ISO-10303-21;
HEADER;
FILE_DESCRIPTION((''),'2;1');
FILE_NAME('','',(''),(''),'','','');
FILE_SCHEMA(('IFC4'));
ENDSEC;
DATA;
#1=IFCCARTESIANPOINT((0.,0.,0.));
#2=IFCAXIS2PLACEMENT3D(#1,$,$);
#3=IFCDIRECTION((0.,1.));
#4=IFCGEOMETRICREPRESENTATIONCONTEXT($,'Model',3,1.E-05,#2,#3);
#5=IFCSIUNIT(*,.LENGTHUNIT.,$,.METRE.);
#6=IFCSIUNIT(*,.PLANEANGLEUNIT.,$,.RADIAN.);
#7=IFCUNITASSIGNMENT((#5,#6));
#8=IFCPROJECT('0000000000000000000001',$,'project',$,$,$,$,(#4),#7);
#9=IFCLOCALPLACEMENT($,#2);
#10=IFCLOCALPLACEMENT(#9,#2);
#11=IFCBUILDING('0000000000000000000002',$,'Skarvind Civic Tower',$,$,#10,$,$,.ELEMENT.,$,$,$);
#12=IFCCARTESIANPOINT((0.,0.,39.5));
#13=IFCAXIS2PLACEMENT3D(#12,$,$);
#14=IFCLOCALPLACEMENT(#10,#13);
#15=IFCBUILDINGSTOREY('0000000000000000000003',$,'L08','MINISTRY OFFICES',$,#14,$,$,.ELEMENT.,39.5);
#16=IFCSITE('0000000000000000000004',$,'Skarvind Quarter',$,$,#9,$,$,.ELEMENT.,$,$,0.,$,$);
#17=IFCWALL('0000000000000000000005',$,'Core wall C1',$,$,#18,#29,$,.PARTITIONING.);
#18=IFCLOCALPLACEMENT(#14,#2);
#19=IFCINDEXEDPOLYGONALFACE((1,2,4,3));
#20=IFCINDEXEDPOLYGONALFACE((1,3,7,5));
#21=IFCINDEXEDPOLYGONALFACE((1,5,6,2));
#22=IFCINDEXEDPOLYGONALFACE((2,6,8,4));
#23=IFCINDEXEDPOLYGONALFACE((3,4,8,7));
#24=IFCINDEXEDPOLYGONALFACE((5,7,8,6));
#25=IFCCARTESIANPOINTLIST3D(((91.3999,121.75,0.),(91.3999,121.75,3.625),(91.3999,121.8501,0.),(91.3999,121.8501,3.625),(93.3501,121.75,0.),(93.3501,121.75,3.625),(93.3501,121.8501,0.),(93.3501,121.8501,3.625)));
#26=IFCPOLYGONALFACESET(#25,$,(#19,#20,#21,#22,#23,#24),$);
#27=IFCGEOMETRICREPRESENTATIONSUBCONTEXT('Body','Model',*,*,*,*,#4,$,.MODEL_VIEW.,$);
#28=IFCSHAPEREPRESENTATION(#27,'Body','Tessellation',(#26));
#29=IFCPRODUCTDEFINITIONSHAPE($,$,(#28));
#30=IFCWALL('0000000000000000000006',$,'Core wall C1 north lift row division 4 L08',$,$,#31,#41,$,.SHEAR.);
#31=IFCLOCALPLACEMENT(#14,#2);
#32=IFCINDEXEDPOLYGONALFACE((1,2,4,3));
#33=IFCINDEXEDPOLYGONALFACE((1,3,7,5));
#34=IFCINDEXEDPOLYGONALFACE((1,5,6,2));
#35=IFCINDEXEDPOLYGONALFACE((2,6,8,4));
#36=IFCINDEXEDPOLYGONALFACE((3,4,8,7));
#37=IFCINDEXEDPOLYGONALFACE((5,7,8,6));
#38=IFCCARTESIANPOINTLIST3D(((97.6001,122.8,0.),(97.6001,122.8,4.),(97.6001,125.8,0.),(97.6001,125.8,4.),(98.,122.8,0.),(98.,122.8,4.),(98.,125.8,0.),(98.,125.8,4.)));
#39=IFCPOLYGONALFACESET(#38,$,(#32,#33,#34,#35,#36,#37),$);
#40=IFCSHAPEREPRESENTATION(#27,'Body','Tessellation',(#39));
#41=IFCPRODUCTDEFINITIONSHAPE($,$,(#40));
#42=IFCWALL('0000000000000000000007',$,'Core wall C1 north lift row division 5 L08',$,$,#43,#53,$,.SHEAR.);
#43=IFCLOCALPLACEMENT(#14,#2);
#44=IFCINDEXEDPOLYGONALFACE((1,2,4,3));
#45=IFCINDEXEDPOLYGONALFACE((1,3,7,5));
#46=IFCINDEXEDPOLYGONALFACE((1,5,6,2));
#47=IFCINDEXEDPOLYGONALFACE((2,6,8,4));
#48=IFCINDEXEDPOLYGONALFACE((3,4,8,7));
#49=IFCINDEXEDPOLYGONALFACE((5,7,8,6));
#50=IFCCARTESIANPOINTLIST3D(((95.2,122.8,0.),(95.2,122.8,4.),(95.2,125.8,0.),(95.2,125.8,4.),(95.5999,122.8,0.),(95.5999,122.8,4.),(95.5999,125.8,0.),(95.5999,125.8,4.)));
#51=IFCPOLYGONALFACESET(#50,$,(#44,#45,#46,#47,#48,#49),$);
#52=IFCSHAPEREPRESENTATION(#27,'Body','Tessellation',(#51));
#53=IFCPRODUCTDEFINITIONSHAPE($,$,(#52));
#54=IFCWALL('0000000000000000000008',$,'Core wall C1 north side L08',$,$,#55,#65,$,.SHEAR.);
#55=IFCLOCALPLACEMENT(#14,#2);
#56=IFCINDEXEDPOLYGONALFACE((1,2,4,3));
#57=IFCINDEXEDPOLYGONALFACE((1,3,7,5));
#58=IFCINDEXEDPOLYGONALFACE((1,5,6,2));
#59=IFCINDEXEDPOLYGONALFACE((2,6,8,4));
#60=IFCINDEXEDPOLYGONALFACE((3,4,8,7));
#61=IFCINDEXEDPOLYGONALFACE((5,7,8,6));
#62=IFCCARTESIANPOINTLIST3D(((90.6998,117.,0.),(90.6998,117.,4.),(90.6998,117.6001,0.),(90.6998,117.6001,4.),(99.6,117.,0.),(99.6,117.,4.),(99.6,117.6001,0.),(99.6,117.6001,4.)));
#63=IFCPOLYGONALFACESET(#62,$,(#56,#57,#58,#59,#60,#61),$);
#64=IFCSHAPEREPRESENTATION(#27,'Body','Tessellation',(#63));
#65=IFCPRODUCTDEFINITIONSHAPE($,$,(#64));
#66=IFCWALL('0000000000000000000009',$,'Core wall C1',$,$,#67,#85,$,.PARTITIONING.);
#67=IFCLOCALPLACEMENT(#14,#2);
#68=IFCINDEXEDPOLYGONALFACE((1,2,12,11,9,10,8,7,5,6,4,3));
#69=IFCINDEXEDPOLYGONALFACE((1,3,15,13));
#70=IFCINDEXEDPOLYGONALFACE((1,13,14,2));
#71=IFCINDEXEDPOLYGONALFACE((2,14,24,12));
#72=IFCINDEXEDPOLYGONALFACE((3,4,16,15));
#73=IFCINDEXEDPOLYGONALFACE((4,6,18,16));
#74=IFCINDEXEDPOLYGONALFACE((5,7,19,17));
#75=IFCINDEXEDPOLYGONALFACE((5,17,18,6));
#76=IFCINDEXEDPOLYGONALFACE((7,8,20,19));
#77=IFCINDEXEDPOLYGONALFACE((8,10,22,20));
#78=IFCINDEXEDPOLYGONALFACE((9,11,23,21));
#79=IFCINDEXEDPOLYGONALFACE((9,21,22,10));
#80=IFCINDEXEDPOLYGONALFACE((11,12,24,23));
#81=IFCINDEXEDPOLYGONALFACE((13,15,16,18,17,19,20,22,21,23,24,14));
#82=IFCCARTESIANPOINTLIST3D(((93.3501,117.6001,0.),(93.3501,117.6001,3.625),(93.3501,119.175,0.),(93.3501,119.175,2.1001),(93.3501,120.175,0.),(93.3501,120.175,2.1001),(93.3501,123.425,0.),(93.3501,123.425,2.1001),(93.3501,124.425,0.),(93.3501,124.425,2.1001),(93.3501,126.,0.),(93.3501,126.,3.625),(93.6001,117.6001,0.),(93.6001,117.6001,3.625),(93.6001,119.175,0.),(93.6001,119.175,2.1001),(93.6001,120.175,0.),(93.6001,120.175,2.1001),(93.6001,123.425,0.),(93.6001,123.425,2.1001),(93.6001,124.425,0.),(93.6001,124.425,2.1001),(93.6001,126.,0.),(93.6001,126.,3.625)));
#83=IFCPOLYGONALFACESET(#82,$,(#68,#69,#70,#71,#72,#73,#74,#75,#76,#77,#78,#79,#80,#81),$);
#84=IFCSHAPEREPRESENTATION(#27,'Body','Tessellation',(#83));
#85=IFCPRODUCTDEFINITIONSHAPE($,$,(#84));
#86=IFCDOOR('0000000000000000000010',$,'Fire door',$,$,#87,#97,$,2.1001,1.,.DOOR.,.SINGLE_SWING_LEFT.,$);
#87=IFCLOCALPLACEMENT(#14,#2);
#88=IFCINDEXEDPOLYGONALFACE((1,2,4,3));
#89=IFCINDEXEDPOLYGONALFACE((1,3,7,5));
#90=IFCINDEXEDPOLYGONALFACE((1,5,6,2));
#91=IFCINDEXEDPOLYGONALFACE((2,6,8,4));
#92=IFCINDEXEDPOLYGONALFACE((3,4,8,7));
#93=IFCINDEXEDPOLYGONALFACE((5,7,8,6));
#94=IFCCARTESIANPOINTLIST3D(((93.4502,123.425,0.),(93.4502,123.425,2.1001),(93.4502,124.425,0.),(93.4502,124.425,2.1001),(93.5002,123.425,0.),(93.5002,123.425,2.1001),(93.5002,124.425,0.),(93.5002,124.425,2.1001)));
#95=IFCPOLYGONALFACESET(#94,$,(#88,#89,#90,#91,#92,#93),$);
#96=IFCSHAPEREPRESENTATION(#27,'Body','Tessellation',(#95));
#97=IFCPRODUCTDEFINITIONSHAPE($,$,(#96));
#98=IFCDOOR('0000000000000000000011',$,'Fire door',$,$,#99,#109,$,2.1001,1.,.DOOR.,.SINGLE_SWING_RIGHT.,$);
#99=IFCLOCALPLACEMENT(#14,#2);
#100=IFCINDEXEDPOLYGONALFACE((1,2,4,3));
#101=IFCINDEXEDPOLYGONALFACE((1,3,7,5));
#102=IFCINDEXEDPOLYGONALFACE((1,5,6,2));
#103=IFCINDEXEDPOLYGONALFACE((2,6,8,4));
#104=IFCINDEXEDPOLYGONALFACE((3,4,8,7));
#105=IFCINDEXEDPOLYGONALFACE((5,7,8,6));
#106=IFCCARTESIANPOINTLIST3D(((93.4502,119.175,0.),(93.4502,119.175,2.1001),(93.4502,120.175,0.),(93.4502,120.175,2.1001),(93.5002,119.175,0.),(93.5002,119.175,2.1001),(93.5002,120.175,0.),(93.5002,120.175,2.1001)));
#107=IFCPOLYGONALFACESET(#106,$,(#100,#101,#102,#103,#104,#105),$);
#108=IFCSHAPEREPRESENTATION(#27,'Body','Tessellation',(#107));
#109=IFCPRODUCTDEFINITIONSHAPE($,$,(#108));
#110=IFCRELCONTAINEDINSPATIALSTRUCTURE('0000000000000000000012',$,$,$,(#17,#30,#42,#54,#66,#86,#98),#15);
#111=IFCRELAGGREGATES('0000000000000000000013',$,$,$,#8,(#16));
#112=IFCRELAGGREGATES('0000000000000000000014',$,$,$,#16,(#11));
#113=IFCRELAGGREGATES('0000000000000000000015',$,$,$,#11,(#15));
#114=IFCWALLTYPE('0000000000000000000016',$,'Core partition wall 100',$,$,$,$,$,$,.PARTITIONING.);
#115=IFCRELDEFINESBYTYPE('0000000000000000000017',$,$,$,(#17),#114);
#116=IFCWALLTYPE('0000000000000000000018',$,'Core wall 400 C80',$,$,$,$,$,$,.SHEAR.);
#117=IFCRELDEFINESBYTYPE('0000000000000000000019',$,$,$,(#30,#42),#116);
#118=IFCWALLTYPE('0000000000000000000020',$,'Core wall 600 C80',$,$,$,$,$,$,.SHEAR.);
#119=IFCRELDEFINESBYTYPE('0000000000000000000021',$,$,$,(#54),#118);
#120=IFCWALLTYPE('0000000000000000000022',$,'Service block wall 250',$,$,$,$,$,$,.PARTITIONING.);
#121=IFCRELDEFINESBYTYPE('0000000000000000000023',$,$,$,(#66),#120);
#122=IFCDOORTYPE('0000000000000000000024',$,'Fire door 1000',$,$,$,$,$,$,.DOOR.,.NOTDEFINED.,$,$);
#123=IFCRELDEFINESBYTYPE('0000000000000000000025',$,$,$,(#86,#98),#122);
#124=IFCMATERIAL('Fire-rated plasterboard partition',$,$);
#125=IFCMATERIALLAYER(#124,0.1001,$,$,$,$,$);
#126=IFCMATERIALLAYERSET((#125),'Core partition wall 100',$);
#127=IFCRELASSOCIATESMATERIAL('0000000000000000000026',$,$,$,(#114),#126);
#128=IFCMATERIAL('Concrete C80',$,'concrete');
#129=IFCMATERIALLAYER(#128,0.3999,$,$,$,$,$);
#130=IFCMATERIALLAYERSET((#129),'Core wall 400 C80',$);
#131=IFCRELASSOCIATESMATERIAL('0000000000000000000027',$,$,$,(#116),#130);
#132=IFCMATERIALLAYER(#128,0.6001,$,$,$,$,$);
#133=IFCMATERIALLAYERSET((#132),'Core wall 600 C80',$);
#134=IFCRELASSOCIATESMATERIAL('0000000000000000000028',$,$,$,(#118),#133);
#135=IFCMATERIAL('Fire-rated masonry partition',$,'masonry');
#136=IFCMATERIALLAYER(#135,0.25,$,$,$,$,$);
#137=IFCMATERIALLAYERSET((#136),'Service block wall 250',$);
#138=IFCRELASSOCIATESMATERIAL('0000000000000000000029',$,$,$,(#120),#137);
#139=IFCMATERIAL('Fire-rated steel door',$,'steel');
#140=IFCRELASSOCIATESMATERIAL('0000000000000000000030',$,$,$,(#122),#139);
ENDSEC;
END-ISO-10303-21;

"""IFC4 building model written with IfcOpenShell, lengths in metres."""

from ifc_helpers import new_model, si_unit, direction, frame, frame_2d, origin, place, context, subcontext, project, spatial, rectangle, extrude, material, layer, layer_set, type_object, element, fill, save


model = new_model("IFC4")

# Units and contexts
model_context = context("Model", 3, precision=1e-05, world=origin(), true_north=direction((0.0, 1.0)))
body_context = subcontext(model_context, "Body", "Model", "MODEL_VIEW")
ifc_project = project(units=[si_unit("LENGTHUNIT", "METRE"), si_unit("PLANEANGLEUNIT", "RADIAN")], contexts=[model_context])

# Site, building, storey
site_placement = place(None, origin())
site = spatial("IfcSite", under=ifc_project, at=site_placement, Name="Skarvind Quarter", CompositionType="ELEMENT", RefElevation=0.0)
building_placement = place(site_placement, origin())
building = spatial("IfcBuilding", under=site, at=building_placement, Name="Skarvind Civic Tower", CompositionType="ELEMENT")
storey_placement = place(building_placement, frame((0.0, 0.0, 39.5)))
storey = spatial("IfcBuildingStorey", under=building, at=storey_placement, Name="L08", Description="MINISTRY OFFICES", CompositionType="ELEMENT", Elevation=39.5)

# Shared definitions
ifc_material_1 = material(Name="Concrete C80", Category="concrete")

# Shared definitions
ifc_material_2 = material(Name="Fire-rated masonry partition", Category="masonry")
ifc_material_3 = material(Name="Fire-rated steel door", Category="steel")

# Walls
ifc_material_4 = material(Name="Fire-rated plasterboard partition")
ifc_layer_1 = layer(ifc_material_4, 0.1001)
ifc_layer_set_1 = layer_set([ifc_layer_1], Name="Core partition wall 100")
wall_type_1 = type_object("IfcWallType", Name="Core partition wall 100", PredefinedType="PARTITIONING", material=ifc_layer_set_1)
wall_1_placement = place(storey_placement, frame((93.3501, 121.8, 0.0), z_axis=(0.0, 0.0, 1.0), x_axis=(-1.0, 0.0, 0.0)))
element("IfcWall", 1, at=wall_1_placement, inside=storey, type_object=wall_type_1, Name="Core wall C1", PredefinedType="PARTITIONING", context=body_context, shape_type="SweptSolid", body=[
    extrude(rectangle(XDim=1.9502, YDim=0.1001, at=frame_2d((0.9751, 0.0))), origin(), (0.0, 0.0, 1.0), 3.625),
])
ifc_layer_2 = layer(ifc_material_1, 0.3999)
ifc_layer_set_2 = layer_set([ifc_layer_2], Name="Core wall 400 C80")
wall_type_2 = type_object("IfcWallType", Name="Core wall 400 C80", PredefinedType="SHEAR", material=ifc_layer_set_2)
for number, where, z_axis, x_axis, name in (
    (2, (97.8, 125.8, 0.0), (0.0, 0.0, 1.0), (0.0, -1.0, 0.0), "Core wall C1 north lift row division 4 L08"),
    (3, (95.3999, 125.8, 0.0), (0.0, 0.0, 1.0), (0.0, -1.0, 0.0), "Core wall C1 north lift row division 5 L08"),
):
    element("IfcWall", number, at=place(storey_placement, frame(where, z_axis=z_axis, x_axis=x_axis)), inside=storey, type_object=wall_type_2, Name=name, PredefinedType="SHEAR", context=body_context, shape_type="SweptSolid", body=[
        extrude(rectangle(XDim=3.0, YDim=0.3999, at=frame_2d((1.5, 0.0))), origin(), (0.0, 0.0, 1.0), 4.0),
    ])
ifc_layer_3 = layer(ifc_material_1, 0.6001)
ifc_layer_set_3 = layer_set([ifc_layer_3], Name="Core wall 600 C80")
wall_type_3 = type_object("IfcWallType", Name="Core wall 600 C80", PredefinedType="SHEAR", material=ifc_layer_set_3)
wall_2_placement = place(storey_placement, frame((99.6001, 117.3, 0.0), z_axis=(0.0, 0.0, 1.0), x_axis=(-1.0, 0.0, 0.0)))
element("IfcWall", 4, at=wall_2_placement, inside=storey, type_object=wall_type_3, Name="Core wall C1 north side L08", PredefinedType="SHEAR", context=body_context, shape_type="SweptSolid", body=[
    extrude(rectangle(XDim=8.9001, YDim=0.6001, at=frame_2d((4.4502, 0.0))), origin(), (0.0, 0.0, 1.0), 4.0),
])

# Wall, openings, doors
ifc_layer_4 = layer(ifc_material_2, 0.25)
ifc_layer_set_4 = layer_set([ifc_layer_4], Name="Service block wall 250")
wall_type_4 = type_object("IfcWallType", Name="Service block wall 250", PredefinedType="PARTITIONING", material=ifc_layer_set_4)
wall_3_placement = place(storey_placement, frame((93.4751, 117.6001, 0.0), z_axis=(0.0, 0.0, 1.0), x_axis=(0.0, 1.0, 0.0)))
wall_3 = element("IfcWall", 5, at=wall_3_placement, inside=storey, type_object=wall_type_4, Name="Core wall C1", PredefinedType="PARTITIONING", context=body_context, shape_type="SweptSolid", body=[
    extrude(rectangle(XDim=8.3999, YDim=0.25, at=frame_2d((4.2, 0.0))), origin(), (0.0, 0.0, 1.0), 3.625),
])
opening_1_placement = place(wall_3_placement, frame((5.825, 0.0, 0.0)))
opening_1 = element("IfcOpeningElement", 6, at=opening_1_placement, cuts=wall_3, PredefinedType="OPENING", context=body_context, shape_type="SweptSolid", body=[
    extrude(rectangle(XDim=1.0, YDim=2.1001, at=frame_2d((0.5, 1.05))), frame((0.0, 0.135, 0.0), z_axis=(0.0, -1.0, 0.0), x_axis=(1.0, 0.0, 0.0)), (0.0, 0.0, 1.0), 0.27),
])
opening_2_placement = place(wall_3_placement, frame((1.575, 0.0, 0.0)))
opening_2 = element("IfcOpeningElement", 7, at=opening_2_placement, cuts=wall_3, PredefinedType="OPENING", context=body_context, shape_type="SweptSolid", body=[
    extrude(rectangle(XDim=1.0, YDim=2.1001, at=frame_2d((0.5, 1.05))), frame((0.0, 0.135, 0.0), z_axis=(0.0, -1.0, 0.0), x_axis=(1.0, 0.0, 0.0)), (0.0, 0.0, 1.0), 0.27),
])
door_type_1 = type_object("IfcDoorType", Name="Fire door 1000", OperationType="NOTDEFINED", PredefinedType="DOOR", material=ifc_material_3)
door_1_placement = place(opening_1_placement, origin())
door_1 = element("IfcDoor", 8, at=door_1_placement, inside=storey, type_object=door_type_1, Name="Fire door", OperationType="SINGLE_SWING_LEFT", OverallHeight=2.1001, OverallWidth=1.0, PredefinedType="DOOR", context=body_context, shape_type="SweptSolid", body=[
    extrude(rectangle(XDim=1.0, YDim=2.1001, at=frame_2d((0.5, 1.05))), frame((0.0, 0.0249, 0.0), z_axis=(0.0, -1.0, 0.0), x_axis=(1.0, 0.0, 0.0)), (0.0, 0.0, 1.0), 0.05),
])
fill(opening_1, door_1)
door_2_placement = place(opening_2_placement, origin())
door_2 = element("IfcDoor", 9, at=door_2_placement, inside=storey, type_object=door_type_1, Name="Fire door", OperationType="SINGLE_SWING_RIGHT", OverallHeight=2.1001, OverallWidth=1.0, PredefinedType="DOOR", context=body_context, shape_type="SweptSolid", body=[
    extrude(rectangle(XDim=1.0, YDim=2.1001, at=frame_2d((0.5, 1.05))), frame((0.0, 0.0249, 0.0), z_axis=(0.0, -1.0, 0.0), x_axis=(1.0, 0.0, 0.0)), (0.0, 0.0, 1.0), 0.05),
])
fill(opening_2, door_2)

save(model, "model.ifc")
